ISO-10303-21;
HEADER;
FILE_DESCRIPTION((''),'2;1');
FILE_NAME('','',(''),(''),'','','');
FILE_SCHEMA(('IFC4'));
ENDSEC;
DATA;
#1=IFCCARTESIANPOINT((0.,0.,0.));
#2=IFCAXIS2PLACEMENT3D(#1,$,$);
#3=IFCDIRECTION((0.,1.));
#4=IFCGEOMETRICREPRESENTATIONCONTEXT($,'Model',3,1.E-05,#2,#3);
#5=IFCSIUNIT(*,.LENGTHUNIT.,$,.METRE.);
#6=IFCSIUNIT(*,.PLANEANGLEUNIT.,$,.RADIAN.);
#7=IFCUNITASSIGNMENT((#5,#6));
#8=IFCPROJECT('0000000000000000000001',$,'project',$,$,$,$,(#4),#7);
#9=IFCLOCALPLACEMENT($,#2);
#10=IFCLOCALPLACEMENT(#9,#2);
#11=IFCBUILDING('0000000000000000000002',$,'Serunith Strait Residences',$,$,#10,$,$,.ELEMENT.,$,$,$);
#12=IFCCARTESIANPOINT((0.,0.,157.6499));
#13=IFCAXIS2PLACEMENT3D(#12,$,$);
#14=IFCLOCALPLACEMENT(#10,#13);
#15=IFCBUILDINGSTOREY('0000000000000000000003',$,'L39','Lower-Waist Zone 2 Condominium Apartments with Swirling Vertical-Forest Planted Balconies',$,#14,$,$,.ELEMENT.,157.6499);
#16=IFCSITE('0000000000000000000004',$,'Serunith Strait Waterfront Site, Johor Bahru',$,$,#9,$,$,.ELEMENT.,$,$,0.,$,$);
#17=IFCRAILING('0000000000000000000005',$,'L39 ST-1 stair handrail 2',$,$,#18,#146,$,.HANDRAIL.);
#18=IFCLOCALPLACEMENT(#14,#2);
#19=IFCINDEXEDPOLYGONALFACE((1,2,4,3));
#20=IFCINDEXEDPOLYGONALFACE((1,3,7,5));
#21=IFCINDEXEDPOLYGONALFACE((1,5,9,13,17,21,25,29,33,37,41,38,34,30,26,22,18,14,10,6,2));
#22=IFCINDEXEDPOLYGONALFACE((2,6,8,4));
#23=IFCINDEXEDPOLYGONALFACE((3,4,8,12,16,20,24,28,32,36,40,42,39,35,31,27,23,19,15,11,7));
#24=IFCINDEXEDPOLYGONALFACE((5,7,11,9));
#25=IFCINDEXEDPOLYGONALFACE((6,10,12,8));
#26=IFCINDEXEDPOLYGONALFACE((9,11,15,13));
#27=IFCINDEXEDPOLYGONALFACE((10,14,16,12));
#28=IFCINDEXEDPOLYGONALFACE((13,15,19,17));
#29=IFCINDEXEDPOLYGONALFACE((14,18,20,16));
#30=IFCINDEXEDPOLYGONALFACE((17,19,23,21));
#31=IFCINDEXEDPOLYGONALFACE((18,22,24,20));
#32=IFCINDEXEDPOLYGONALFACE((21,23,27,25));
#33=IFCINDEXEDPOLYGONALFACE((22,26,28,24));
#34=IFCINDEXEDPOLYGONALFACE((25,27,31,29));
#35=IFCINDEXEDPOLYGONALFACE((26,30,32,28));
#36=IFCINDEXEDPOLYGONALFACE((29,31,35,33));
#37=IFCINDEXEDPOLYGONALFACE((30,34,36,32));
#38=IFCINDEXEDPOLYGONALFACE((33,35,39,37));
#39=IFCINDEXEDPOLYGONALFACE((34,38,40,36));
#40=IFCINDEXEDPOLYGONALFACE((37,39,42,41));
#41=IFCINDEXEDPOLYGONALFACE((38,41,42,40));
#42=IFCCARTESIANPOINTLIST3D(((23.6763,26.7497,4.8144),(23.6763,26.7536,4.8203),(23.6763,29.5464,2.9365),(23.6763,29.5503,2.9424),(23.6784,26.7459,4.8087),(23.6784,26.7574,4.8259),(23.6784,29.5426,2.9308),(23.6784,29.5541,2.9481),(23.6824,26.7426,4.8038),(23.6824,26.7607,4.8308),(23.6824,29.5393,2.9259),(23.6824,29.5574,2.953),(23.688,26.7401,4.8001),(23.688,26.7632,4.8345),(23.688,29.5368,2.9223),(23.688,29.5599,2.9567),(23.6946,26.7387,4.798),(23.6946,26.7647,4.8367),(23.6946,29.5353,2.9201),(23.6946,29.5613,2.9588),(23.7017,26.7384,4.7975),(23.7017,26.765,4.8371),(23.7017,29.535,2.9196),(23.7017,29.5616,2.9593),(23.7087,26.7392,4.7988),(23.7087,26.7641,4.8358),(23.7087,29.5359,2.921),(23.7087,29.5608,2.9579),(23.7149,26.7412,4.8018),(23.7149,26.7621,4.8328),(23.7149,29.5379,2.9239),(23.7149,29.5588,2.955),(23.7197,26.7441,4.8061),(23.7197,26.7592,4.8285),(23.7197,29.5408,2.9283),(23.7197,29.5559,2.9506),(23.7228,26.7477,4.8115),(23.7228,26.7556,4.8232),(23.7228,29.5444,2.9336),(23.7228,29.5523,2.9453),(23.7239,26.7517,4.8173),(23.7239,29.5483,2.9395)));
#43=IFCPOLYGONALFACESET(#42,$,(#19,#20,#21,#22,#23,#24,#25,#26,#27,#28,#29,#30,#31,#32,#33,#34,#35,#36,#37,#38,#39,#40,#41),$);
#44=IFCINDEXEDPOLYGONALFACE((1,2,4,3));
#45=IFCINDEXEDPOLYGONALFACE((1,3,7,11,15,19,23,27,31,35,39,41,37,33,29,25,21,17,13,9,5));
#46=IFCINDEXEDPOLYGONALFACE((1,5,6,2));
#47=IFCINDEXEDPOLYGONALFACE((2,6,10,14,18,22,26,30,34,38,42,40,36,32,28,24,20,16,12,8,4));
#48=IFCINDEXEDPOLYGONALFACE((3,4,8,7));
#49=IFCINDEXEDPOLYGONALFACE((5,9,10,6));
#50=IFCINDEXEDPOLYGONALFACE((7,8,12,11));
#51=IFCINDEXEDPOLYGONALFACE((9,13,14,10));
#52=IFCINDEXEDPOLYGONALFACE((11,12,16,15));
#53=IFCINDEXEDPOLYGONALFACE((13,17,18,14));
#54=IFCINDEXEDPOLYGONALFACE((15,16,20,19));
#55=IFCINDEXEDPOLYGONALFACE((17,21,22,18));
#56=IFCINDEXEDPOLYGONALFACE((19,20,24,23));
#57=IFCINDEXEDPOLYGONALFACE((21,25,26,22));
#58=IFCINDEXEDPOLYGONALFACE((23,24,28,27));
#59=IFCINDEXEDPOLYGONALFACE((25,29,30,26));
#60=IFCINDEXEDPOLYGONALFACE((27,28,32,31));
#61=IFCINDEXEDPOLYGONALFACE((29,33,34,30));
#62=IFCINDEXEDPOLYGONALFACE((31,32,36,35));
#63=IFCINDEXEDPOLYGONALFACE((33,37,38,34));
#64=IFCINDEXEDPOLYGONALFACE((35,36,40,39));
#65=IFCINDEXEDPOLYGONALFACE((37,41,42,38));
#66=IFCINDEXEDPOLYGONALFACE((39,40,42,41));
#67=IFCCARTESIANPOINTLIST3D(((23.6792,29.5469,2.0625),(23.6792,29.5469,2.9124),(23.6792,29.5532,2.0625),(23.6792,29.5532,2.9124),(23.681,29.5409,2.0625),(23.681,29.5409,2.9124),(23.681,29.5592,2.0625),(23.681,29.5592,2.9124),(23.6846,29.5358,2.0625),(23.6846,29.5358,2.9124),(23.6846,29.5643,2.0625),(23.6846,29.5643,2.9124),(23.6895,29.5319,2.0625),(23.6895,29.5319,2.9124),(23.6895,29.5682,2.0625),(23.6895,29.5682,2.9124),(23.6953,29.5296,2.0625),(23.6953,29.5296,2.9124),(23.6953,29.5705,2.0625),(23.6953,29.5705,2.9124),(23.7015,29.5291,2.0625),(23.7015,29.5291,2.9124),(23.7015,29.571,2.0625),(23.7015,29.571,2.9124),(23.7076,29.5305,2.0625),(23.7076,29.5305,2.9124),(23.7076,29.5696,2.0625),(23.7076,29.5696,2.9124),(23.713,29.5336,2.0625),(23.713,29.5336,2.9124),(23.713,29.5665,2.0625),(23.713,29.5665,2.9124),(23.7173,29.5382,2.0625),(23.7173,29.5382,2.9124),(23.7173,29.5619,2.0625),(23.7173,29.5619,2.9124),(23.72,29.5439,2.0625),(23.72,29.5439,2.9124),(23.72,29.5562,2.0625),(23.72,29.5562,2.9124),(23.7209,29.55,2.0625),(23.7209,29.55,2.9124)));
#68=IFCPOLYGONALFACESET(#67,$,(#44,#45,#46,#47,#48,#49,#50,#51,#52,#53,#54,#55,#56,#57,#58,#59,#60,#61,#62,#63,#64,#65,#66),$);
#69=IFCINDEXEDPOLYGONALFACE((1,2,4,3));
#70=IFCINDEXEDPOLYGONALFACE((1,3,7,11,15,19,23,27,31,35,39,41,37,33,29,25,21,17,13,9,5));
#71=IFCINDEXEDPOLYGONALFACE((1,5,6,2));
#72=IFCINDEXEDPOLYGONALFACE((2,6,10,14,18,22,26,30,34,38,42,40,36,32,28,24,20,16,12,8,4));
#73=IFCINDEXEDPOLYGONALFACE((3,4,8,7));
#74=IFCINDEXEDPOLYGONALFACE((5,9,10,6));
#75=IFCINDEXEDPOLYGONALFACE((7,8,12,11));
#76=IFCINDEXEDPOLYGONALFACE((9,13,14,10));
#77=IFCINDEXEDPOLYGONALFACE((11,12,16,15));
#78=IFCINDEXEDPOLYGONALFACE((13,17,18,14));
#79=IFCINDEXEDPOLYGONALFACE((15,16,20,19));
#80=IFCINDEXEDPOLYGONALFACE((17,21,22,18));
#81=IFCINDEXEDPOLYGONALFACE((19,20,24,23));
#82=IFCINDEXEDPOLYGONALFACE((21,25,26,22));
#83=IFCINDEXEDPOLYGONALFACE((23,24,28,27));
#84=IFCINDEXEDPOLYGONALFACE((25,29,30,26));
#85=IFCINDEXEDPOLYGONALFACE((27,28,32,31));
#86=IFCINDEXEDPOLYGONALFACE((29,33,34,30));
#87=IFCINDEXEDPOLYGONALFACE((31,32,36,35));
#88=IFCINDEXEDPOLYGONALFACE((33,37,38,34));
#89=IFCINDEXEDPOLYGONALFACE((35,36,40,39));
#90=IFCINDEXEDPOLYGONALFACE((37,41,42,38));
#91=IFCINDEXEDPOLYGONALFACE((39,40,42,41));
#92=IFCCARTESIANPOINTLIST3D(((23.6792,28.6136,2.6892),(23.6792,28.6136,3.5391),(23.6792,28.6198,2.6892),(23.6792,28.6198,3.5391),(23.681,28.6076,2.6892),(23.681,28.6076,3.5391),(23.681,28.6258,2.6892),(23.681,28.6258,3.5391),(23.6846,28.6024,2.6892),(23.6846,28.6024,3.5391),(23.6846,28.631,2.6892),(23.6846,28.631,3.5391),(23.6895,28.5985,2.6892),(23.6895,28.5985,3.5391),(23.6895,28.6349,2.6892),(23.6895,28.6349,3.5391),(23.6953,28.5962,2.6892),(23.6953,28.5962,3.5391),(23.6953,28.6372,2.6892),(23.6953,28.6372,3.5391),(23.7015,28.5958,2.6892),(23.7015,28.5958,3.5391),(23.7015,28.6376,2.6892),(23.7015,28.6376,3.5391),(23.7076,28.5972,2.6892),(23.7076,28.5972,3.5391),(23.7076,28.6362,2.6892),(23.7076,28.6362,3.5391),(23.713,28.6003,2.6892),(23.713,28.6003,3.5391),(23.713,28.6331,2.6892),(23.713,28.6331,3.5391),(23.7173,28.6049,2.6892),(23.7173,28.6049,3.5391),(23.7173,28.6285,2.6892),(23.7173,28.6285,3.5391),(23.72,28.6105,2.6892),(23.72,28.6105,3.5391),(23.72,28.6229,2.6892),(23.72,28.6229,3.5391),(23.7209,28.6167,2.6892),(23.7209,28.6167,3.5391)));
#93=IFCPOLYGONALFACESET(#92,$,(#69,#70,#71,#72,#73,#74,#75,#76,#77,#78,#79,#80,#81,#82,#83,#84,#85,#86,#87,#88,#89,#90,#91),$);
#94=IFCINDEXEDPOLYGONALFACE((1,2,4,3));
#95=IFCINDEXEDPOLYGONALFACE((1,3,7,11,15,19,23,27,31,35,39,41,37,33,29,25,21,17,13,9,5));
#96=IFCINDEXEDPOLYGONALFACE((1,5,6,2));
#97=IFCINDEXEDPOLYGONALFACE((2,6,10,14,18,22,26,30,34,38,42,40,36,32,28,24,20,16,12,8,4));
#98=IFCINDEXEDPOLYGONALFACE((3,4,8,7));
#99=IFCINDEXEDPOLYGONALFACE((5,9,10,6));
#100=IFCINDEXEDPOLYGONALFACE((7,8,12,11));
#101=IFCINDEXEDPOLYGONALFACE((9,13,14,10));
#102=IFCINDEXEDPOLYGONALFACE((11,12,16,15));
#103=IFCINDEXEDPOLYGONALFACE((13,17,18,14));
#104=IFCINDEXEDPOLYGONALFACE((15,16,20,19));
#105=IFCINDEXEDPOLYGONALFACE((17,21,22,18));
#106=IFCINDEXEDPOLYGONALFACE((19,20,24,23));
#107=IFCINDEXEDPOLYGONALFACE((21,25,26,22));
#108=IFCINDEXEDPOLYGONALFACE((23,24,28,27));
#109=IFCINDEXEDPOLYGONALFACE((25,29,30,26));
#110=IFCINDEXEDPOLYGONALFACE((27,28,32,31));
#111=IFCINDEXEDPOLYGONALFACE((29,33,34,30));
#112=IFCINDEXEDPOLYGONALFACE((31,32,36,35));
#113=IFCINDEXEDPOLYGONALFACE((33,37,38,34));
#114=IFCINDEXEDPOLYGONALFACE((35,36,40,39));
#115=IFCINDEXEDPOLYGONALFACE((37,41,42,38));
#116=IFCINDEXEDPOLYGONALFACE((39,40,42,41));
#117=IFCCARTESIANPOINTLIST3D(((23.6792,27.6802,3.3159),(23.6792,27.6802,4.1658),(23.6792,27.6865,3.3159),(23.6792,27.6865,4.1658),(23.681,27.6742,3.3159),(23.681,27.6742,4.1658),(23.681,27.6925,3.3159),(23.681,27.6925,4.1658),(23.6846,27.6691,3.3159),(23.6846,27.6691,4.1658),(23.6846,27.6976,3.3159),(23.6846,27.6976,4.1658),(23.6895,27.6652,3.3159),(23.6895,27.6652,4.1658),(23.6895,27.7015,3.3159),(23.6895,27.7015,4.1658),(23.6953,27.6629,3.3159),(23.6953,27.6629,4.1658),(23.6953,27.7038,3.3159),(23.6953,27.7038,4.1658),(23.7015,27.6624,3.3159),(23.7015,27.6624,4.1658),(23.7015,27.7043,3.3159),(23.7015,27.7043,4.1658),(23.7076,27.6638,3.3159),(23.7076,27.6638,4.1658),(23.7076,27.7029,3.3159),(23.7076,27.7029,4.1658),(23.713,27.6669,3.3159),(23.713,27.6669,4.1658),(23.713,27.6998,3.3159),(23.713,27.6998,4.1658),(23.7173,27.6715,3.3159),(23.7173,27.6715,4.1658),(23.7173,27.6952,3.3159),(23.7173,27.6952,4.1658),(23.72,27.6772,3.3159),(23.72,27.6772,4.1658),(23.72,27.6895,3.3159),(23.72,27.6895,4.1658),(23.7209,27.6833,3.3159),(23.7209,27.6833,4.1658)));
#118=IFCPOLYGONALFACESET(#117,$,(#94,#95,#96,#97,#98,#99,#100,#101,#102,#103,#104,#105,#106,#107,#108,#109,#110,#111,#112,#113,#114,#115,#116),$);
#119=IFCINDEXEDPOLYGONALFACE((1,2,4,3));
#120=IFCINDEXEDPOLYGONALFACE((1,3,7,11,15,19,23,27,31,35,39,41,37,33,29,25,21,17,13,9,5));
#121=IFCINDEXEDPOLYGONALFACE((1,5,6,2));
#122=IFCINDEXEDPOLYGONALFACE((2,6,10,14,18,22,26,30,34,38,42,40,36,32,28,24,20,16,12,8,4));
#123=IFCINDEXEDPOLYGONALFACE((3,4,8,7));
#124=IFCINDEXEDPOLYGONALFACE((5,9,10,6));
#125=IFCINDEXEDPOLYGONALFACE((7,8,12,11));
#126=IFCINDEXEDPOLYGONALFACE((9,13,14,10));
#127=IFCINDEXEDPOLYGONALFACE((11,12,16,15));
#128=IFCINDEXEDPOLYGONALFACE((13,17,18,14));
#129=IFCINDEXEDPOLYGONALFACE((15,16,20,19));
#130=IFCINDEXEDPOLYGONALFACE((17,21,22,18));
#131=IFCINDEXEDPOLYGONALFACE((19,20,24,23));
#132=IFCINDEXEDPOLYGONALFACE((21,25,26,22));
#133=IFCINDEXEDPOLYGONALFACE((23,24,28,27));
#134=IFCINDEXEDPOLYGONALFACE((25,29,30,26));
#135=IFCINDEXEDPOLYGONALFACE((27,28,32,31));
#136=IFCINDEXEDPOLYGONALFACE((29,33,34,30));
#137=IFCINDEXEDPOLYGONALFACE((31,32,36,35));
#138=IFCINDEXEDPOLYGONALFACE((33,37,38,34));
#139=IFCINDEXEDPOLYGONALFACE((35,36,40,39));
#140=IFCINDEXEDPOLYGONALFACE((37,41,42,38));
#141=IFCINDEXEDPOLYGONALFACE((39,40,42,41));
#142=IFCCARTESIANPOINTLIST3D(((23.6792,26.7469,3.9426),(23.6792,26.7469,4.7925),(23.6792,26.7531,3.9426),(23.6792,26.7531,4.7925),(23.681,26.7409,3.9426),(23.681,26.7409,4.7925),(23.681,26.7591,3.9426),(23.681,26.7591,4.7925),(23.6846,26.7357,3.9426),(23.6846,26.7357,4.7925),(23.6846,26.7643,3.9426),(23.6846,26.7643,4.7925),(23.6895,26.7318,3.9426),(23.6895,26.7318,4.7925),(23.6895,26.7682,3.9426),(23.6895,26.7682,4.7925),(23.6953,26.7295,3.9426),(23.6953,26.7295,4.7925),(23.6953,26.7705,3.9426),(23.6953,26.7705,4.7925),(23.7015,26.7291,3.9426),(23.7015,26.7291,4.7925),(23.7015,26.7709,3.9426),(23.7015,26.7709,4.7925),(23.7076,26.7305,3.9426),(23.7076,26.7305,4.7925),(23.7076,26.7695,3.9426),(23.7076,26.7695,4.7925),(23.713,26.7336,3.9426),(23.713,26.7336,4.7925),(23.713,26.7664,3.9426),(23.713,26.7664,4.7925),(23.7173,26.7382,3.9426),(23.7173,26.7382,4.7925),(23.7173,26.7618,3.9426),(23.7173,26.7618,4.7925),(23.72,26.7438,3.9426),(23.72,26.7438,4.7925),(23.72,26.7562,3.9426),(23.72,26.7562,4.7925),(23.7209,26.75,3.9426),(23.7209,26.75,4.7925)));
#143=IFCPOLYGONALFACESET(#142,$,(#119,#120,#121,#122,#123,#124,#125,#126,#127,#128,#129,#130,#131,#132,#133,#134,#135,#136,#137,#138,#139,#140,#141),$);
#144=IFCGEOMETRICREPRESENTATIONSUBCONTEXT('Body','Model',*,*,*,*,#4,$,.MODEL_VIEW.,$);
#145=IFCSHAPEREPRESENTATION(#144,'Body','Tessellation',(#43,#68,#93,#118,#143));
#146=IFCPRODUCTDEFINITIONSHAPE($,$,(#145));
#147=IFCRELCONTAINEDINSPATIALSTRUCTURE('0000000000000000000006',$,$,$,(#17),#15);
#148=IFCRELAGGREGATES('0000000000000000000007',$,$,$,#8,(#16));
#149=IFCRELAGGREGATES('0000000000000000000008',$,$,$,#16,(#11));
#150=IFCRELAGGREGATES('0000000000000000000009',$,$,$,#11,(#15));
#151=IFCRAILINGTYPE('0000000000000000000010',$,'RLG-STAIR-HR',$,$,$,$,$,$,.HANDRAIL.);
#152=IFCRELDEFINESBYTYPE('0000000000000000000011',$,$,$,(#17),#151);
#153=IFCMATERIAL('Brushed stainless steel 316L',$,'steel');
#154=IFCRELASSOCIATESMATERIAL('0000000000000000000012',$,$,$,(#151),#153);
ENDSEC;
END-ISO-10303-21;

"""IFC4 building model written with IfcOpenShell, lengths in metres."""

from ifc_helpers import new_model, si_unit, direction, frame, origin, origin_2d, place, context, subcontext, project, spatial, circle, extrude, material, type_object, element, save


model = new_model("IFC4")

# Units and contexts
model_context = context("Model", 3, precision=1e-05, world=origin(), true_north=direction((0.0, 1.0)))
body_context = subcontext(model_context, "Body", "Model", "MODEL_VIEW")
ifc_project = project(units=[si_unit("LENGTHUNIT", "METRE"), si_unit("PLANEANGLEUNIT", "RADIAN")], contexts=[model_context])

# Site, building, storey
site_placement = place(None, origin())
site = spatial("IfcSite", under=ifc_project, at=site_placement, Name="Serunith Strait Waterfront Site, Johor Bahru", CompositionType="ELEMENT", RefElevation=0.0)
building_placement = place(site_placement, origin())
building = spatial("IfcBuilding", under=site, at=building_placement, Name="Serunith Strait Residences", CompositionType="ELEMENT")
storey_placement = place(building_placement, frame((0.0, 0.0, 157.6499)))
storey = spatial("IfcBuildingStorey", under=building, at=storey_placement, Name="L39", Description="Lower-Waist Zone 2 Condominium Apartments with Swirling Vertical-Forest Planted Balconies", CompositionType="ELEMENT", Elevation=157.6499)

# Railing
ifc_material_1 = material(Name="Brushed stainless steel 316L", Category="steel")
railing_type_1 = type_object("IfcRailingType", Name="RLG-STAIR-HR", PredefinedType="HANDRAIL", material=ifc_material_1)
railing_1_placement = place(storey_placement, frame((23.7, 29.55, 2.0625)))
element("IfcRailing", 1, at=railing_1_placement, inside=storey, type_object=railing_type_1, Name="L39 ST-1 stair handrail 2", PredefinedType="HANDRAIL", context=body_context, shape_type="SweptSolid", body=[
    extrude(circle(Radius=0.0239, at=origin_2d()), frame((0.0, -0.0017, 0.877), z_axis=(0.0, -0.830208, 0.557453), x_axis=(1.0, 0.0, 0.0)), (0.0, 0.0, 1.0), 3.3687),
    extrude(circle(Radius=0.021, at=origin_2d()), origin(), (0.0, 0.0, 1.0), 0.8499),
    extrude(circle(Radius=0.021, at=origin_2d()), frame((0.0, -0.9333, 0.6267)), (0.0, 0.0, 1.0), 0.8499),
    extrude(circle(Radius=0.021, at=origin_2d()), frame((0.0, -1.8667, 1.2534)), (0.0, 0.0, 1.0), 0.8499),
    extrude(circle(Radius=0.021, at=origin_2d()), frame((0.0, -2.8, 1.8801)), (0.0, 0.0, 1.0), 0.8499),
])

save(model, "model.ifc")
